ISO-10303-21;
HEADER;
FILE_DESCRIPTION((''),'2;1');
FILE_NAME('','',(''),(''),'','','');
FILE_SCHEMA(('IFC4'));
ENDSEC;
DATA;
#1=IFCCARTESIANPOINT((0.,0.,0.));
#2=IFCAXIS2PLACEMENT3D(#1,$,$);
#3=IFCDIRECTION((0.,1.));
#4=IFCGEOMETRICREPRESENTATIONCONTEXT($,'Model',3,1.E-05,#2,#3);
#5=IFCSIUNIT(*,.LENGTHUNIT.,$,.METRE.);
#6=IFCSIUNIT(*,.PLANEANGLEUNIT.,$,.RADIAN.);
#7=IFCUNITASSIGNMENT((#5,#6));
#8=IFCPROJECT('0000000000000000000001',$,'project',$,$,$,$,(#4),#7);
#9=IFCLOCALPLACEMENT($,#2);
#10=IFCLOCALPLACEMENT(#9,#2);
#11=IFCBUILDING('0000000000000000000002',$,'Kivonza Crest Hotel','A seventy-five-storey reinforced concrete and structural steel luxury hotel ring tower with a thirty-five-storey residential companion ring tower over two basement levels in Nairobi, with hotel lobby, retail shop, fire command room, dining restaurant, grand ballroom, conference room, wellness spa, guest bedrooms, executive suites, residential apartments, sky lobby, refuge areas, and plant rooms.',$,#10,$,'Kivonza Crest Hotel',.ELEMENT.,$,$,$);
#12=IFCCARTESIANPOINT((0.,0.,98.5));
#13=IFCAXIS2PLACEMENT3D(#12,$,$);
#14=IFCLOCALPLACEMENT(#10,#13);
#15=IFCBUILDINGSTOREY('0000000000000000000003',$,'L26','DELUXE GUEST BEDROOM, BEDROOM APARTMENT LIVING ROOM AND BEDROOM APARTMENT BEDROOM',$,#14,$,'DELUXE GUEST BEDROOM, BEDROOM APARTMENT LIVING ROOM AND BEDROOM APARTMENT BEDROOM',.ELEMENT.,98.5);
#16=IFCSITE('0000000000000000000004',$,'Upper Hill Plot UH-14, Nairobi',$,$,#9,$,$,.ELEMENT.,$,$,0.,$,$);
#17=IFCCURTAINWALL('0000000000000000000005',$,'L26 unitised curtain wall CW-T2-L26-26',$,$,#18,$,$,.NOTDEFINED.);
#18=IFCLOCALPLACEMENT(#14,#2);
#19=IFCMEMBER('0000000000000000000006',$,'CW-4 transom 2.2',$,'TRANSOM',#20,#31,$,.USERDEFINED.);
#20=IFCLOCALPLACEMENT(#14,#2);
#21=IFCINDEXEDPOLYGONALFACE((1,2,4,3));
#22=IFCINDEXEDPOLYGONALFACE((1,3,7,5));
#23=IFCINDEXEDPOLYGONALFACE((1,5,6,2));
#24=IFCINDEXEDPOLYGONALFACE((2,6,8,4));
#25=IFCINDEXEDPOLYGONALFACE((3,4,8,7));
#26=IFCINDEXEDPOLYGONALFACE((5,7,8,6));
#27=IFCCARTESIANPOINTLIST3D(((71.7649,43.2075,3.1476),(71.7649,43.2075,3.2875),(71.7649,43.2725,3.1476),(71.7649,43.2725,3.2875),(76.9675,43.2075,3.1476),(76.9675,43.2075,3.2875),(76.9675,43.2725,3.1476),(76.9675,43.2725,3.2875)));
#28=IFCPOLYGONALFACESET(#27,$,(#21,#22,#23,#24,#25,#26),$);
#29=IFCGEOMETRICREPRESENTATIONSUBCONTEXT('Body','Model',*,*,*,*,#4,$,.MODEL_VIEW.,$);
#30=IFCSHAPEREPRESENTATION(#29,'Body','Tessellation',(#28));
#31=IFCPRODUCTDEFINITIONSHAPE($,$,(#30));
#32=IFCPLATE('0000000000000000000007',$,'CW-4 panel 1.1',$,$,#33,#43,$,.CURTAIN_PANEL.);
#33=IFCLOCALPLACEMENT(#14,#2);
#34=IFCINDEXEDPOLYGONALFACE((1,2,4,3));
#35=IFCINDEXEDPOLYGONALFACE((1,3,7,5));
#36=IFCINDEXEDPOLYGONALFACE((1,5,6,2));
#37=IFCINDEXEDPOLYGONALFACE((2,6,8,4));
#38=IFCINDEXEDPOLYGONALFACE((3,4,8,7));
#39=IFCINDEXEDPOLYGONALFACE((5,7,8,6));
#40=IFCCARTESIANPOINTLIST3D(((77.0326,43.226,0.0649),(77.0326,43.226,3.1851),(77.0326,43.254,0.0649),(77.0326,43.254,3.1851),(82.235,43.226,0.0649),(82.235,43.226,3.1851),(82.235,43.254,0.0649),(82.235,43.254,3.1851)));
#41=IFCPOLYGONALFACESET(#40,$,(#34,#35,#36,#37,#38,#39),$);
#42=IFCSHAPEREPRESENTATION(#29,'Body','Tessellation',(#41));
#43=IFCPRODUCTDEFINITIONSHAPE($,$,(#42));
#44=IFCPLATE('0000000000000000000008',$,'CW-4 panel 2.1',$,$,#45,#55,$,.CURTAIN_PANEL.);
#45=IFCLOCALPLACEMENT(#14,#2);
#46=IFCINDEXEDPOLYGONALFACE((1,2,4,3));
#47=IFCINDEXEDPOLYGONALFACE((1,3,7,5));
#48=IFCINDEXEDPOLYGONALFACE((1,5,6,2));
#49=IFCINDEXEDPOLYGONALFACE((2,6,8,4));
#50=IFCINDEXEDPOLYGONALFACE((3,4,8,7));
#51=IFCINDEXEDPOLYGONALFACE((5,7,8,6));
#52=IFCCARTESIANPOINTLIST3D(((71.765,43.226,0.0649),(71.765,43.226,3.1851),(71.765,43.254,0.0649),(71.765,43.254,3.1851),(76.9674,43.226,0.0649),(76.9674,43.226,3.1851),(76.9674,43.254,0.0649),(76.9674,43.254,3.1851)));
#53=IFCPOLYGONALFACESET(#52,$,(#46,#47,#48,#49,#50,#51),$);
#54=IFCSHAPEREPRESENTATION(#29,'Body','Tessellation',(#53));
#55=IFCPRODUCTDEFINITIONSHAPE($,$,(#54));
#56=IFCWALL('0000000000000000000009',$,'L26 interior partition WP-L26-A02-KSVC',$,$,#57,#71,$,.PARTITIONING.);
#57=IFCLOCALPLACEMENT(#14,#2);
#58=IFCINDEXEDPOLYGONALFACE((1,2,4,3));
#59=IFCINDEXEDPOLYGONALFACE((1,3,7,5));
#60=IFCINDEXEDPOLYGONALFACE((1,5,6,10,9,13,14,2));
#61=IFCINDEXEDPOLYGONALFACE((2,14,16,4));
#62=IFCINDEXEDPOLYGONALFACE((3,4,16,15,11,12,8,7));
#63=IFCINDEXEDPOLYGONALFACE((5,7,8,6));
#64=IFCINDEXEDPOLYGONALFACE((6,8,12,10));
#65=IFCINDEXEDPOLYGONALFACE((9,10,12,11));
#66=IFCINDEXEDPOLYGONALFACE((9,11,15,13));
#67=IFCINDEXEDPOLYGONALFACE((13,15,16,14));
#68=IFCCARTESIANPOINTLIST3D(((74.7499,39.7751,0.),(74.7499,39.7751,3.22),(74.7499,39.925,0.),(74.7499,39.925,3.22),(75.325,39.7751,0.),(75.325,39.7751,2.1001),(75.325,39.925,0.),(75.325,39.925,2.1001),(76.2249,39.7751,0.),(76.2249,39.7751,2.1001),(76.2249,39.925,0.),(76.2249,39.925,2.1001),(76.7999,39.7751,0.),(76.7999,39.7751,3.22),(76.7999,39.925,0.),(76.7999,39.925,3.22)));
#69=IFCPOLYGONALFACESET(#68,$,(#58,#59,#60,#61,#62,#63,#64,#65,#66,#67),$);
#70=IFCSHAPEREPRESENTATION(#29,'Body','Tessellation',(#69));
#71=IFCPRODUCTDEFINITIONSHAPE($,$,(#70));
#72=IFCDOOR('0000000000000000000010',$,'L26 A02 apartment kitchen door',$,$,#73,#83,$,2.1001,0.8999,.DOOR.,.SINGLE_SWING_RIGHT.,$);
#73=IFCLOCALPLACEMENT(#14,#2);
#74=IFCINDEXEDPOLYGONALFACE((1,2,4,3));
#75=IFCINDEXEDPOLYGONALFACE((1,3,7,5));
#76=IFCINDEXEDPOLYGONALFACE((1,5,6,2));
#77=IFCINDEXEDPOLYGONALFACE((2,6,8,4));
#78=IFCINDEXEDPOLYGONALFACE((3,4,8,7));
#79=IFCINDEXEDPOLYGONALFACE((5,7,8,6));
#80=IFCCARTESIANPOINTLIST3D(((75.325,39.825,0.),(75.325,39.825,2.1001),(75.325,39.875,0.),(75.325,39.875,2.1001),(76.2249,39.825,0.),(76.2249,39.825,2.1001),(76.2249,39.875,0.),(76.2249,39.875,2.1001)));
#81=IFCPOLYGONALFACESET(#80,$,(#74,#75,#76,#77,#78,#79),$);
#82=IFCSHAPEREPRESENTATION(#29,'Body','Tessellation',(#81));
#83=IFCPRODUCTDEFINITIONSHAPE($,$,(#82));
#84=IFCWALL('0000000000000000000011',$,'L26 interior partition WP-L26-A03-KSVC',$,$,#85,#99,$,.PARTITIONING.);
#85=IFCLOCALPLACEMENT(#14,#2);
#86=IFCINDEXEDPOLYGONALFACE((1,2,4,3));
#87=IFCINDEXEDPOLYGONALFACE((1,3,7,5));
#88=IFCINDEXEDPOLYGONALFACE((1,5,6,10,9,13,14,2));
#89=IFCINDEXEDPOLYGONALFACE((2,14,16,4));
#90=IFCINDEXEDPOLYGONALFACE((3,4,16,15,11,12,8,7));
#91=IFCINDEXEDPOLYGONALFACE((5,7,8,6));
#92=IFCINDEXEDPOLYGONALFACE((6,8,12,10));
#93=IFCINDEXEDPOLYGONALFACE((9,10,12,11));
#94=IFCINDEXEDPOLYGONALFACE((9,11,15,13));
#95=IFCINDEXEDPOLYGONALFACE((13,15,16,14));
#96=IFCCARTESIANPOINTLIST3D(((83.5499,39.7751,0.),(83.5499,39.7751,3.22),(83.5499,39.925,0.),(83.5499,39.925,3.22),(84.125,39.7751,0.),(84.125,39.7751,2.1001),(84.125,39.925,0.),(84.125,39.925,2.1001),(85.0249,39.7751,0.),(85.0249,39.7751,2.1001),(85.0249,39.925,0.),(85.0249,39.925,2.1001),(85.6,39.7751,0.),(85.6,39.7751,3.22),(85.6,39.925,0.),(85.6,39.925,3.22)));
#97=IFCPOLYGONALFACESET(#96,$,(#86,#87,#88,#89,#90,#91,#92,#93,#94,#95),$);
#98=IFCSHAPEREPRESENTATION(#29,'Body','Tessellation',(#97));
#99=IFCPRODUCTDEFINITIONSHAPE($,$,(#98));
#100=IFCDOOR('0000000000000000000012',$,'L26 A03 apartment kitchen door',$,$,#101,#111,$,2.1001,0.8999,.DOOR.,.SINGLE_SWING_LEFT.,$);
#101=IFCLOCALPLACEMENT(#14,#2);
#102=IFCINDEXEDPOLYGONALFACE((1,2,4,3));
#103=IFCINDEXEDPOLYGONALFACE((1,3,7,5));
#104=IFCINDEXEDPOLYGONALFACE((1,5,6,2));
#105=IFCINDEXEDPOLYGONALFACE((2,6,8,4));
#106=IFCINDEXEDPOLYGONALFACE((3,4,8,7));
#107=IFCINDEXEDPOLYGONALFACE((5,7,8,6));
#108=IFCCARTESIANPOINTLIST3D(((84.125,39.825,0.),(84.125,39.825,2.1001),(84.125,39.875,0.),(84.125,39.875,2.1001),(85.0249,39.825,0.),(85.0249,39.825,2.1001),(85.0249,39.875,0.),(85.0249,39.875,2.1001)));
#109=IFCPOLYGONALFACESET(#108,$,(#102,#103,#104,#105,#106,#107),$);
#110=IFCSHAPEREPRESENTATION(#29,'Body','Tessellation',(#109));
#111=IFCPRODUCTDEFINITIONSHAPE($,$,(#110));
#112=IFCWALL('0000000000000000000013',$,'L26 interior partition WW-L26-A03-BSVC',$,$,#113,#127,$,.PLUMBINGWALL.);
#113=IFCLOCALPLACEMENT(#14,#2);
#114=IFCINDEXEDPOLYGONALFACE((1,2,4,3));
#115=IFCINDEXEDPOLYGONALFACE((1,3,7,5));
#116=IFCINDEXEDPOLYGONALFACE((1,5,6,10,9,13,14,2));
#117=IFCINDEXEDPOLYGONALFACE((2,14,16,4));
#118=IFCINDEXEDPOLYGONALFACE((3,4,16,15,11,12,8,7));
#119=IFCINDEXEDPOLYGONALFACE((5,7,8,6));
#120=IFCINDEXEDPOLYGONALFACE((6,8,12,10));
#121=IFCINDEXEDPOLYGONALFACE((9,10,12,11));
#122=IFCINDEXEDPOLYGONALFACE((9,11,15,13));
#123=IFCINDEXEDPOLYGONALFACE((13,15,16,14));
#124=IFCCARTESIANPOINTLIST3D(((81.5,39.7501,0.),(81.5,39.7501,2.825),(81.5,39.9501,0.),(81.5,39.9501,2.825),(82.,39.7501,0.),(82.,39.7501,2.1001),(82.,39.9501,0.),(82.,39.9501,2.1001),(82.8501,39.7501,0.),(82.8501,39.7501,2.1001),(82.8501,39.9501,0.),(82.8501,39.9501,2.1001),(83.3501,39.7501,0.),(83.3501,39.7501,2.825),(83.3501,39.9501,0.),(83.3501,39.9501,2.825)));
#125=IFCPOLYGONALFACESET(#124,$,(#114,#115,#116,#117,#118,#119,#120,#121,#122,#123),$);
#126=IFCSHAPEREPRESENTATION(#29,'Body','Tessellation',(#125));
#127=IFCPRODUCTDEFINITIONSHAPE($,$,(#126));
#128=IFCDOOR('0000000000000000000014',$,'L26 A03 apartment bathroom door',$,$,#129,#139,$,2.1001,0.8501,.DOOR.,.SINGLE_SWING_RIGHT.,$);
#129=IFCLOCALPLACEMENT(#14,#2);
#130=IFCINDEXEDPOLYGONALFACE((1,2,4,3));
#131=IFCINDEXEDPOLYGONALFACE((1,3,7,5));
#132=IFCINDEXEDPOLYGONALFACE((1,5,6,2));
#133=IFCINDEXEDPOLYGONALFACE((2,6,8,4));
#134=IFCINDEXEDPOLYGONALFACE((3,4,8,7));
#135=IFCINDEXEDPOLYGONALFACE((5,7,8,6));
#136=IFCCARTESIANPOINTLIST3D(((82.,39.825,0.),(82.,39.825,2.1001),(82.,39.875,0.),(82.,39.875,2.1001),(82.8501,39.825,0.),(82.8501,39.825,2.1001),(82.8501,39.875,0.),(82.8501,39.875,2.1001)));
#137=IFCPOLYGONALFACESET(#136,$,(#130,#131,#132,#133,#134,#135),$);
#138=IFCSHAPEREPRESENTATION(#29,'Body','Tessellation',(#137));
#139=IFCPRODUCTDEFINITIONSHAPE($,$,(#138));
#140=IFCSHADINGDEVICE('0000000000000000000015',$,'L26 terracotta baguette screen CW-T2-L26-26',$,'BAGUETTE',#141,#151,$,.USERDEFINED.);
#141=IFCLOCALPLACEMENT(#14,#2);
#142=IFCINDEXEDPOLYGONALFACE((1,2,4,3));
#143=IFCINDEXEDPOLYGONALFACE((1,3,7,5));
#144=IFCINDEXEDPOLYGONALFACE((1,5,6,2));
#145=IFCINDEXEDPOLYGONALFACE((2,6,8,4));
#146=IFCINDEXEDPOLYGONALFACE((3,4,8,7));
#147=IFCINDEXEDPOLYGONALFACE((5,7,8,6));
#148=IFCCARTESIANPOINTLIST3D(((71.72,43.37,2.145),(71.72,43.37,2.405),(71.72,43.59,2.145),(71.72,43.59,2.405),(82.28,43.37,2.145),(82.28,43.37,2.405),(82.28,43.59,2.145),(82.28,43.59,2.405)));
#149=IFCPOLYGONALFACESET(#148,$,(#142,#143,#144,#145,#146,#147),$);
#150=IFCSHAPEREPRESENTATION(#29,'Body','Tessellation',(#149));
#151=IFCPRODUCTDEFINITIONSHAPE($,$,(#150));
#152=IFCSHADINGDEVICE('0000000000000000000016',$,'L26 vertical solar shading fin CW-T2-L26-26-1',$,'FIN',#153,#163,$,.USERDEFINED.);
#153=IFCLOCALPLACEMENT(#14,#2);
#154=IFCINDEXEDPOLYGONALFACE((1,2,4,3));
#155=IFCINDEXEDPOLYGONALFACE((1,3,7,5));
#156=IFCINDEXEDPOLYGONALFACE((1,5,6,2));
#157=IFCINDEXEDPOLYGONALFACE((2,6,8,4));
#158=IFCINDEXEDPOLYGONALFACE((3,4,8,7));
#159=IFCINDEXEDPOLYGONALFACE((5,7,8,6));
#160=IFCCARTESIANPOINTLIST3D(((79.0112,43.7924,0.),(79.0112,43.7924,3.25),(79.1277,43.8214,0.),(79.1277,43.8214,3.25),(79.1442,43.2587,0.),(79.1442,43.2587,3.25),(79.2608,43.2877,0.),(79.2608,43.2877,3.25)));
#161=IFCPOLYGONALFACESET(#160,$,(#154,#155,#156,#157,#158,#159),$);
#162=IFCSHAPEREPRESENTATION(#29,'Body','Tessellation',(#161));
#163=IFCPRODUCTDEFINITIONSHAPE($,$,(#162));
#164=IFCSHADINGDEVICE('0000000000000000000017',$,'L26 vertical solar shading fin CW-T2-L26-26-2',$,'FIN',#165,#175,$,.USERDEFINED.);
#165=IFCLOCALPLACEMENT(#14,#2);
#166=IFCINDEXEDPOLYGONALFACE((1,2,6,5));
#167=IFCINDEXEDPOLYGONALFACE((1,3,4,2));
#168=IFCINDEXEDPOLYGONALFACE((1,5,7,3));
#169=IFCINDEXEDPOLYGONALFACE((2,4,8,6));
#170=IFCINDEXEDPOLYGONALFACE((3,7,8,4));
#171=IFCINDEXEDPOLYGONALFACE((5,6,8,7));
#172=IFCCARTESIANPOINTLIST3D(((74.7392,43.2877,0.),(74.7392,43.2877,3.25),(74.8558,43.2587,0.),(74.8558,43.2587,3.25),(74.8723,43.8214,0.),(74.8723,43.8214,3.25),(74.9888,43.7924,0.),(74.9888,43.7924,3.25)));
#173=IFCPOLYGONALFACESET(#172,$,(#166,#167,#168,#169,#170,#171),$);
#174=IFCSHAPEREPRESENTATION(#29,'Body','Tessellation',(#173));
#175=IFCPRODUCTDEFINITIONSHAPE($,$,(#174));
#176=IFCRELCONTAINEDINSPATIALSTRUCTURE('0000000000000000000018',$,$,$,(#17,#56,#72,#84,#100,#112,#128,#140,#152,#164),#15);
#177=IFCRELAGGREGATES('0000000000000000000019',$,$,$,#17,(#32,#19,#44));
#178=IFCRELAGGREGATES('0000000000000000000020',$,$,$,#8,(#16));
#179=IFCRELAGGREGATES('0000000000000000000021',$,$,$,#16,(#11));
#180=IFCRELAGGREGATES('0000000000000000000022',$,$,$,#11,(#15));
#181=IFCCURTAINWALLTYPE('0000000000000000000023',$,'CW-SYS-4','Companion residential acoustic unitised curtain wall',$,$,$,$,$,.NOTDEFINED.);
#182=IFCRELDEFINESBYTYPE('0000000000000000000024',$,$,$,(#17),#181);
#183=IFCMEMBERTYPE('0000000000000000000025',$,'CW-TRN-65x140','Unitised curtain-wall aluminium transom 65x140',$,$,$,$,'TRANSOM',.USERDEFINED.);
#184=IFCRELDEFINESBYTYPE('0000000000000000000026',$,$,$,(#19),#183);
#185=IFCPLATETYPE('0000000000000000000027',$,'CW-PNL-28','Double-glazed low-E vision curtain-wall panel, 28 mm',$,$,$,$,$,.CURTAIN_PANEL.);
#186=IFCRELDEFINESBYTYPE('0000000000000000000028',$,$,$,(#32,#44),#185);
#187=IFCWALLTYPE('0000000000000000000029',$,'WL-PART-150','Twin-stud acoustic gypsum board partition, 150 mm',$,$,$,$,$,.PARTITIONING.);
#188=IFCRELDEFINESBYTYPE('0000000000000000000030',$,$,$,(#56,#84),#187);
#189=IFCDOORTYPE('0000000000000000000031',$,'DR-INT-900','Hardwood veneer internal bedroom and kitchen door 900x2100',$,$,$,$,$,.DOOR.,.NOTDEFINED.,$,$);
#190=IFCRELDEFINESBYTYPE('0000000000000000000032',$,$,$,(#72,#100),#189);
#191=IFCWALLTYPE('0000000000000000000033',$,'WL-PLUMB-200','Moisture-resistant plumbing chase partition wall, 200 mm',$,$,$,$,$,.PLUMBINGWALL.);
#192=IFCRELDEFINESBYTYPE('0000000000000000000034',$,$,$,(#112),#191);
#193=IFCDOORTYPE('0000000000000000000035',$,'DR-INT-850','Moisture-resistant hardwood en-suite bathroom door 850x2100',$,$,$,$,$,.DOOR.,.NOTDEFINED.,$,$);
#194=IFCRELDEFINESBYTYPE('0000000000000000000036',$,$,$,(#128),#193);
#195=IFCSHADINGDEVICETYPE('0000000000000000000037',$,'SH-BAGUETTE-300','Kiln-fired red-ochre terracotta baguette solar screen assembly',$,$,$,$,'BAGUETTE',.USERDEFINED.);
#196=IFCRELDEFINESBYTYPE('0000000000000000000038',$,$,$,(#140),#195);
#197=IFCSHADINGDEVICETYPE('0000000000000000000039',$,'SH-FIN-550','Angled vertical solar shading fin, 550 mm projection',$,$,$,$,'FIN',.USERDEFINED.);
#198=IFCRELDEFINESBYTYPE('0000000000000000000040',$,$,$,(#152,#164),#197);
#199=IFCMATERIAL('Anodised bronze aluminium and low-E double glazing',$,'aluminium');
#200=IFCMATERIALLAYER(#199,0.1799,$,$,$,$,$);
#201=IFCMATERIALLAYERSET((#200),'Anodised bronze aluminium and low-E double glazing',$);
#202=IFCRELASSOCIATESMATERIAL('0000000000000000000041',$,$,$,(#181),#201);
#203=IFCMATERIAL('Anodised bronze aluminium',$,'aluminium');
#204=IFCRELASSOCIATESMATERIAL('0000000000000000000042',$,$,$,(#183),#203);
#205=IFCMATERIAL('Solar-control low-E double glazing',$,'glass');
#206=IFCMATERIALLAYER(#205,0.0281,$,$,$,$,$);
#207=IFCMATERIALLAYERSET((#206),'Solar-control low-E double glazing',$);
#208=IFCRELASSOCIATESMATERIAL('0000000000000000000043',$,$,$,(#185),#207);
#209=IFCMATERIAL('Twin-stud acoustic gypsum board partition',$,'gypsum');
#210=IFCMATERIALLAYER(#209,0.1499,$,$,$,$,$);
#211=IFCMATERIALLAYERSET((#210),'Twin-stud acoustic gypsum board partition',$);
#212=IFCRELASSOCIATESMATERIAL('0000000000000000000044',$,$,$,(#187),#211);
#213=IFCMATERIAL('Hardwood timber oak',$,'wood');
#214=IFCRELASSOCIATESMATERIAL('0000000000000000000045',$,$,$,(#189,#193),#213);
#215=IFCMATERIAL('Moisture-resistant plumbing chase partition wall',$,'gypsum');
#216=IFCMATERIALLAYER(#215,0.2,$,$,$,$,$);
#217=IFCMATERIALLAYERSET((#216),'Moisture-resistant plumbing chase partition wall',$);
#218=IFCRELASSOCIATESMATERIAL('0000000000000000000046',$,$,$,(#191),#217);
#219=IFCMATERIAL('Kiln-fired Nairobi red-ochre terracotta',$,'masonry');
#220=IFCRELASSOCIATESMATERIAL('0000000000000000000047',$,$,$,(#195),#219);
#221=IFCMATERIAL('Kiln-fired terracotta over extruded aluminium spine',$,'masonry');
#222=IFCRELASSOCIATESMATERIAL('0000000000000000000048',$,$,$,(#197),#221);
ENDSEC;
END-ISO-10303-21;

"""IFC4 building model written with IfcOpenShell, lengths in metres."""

from ifc_helpers import new_model, si_unit, direction, frame, frame_2d, origin, origin_2d, place, context, subcontext, project, spatial, rectangle, extrude, material, layer, layer_set, material_profile, profile_set, type_object, element, fill, aggregate, save


model = new_model("IFC4")

# Units and contexts
model_context = context("Model", 3, precision=1e-05, world=origin(), true_north=direction((0.0, 1.0)))
body_context = subcontext(model_context, "Body", "Model", "MODEL_VIEW")
ifc_project = project(units=[si_unit("LENGTHUNIT", "METRE"), si_unit("PLANEANGLEUNIT", "RADIAN")], contexts=[model_context])

# Site, building, storey
site_placement = place(None, origin())
site = spatial("IfcSite", under=ifc_project, at=site_placement, Name="Upper Hill Plot UH-14, Nairobi", CompositionType="ELEMENT", RefElevation=0.0)
building_placement = place(site_placement, origin())
building = spatial("IfcBuilding", under=site, at=building_placement, Name="Kivonza Crest Hotel", Description="A seventy-five-storey reinforced concrete and structural steel luxury hotel ring tower with a thirty-five-storey residential companion ring tower over two basement levels in Nairobi, with hotel lobby, retail shop, fire command room, dining restaurant, grand ballroom, conference room, wellness spa, guest bedrooms, executive suites, residential apartments, sky lobby, refuge areas, and plant rooms.", LongName="Kivonza Crest Hotel", CompositionType="ELEMENT")
storey_placement = place(building_placement, frame((0.0, 0.0, 98.5)))
storey = spatial("IfcBuildingStorey", under=building, at=storey_placement, Name="L26", Description="DELUXE GUEST BEDROOM, BEDROOM APARTMENT LIVING ROOM AND BEDROOM APARTMENT BEDROOM", LongName="DELUXE GUEST BEDROOM, BEDROOM APARTMENT LIVING ROOM AND BEDROOM APARTMENT BEDROOM", CompositionType="ELEMENT", Elevation=98.5)

# Curtain wall, member, plates
ifc_material_1 = material(Name="Anodised bronze aluminium and low-E double glazing", Category="aluminium")
ifc_layer_1 = layer(ifc_material_1, 0.1799)
ifc_layer_set_1 = layer_set([ifc_layer_1], Name="Anodised bronze aluminium and low-E double glazing")
curtain_wall_type = type_object("IfcCurtainWallType", Name="CW-SYS-4", Description="Companion residential acoustic unitised curtain wall", PredefinedType="NOTDEFINED", material=ifc_layer_set_1)
curtain_wall_placement = place(storey_placement, origin())
curtain_wall = element("IfcCurtainWall", 1, at=curtain_wall_placement, inside=storey, type_object=curtain_wall_type, Name="L26 unitised curtain wall CW-T2-L26-26", PredefinedType="NOTDEFINED")
ifc_material_2 = material(Name="Anodised bronze aluminium", Category="aluminium")
ifc_material_profile_1 = material_profile(ifc_material_2, rectangle(XDim=0.0649, YDim=0.1399, at=origin_2d()), Name="CW-T 65x140")
ifc_profile_set_1 = profile_set([ifc_material_profile_1], Name="Anodised bronze aluminium")
member_type_1 = type_object("IfcMemberType", Name="CW-TRN-65x140", Description="Unitised curtain-wall aluminium transom 65x140", ElementType="TRANSOM", PredefinedType="USERDEFINED", material=ifc_profile_set_1)
member_1_placement = place(storey_placement, frame((76.9675, 43.24, 3.2175), z_axis=(-1.0, 0.0, 0.0), x_axis=(0.0, -1.0, 0.0)))
member_1 = element("IfcMember", 2, at=member_1_placement, type_object=member_type_1, Name="CW-4 transom 2.2", ObjectType="TRANSOM", PredefinedType="USERDEFINED", context=body_context, shape_type="SweptSolid", body=[
    extrude(rectangle(XDim=0.0649, YDim=0.1399, at=origin_2d()), origin(), (0.0, 0.0, 1.0), 5.2026),
])
ifc_material_3 = material(Name="Solar-control low-E double glazing", Category="glass")
ifc_layer_2 = layer(ifc_material_3, 0.0281)
ifc_layer_set_2 = layer_set([ifc_layer_2], Name="Solar-control low-E double glazing")
plate_type = type_object("IfcPlateType", Name="CW-PNL-28", Description="Double-glazed low-E vision curtain-wall panel, 28 mm", PredefinedType="CURTAIN_PANEL", material=ifc_layer_set_2)
plate_1_placement = place(storey_placement, frame((79.6338, 43.24, 0.0649), z_axis=(0.0, 0.0, 1.0), x_axis=(-1.0, 0.0, 0.0)))
plate_1 = element("IfcPlate", 3, at=plate_1_placement, type_object=plate_type, Name="CW-4 panel 1.1", PredefinedType="CURTAIN_PANEL", context=body_context, shape_type="SweptSolid", body=[
    extrude(rectangle(XDim=5.2024, YDim=0.0281, at=origin_2d()), origin(), (0.0, 0.0, 1.0), 3.1201),
])
plate_2_placement = place(storey_placement, frame((74.3662, 43.24, 0.0649), z_axis=(0.0, 0.0, 1.0), x_axis=(-1.0, 0.0, 0.0)))
plate_2 = element("IfcPlate", 4, at=plate_2_placement, type_object=plate_type, Name="CW-4 panel 2.1", PredefinedType="CURTAIN_PANEL", context=body_context, shape_type="SweptSolid", body=[
    extrude(rectangle(XDim=5.2024, YDim=0.0281, at=origin_2d()), origin(), (0.0, 0.0, 1.0), 3.1201),
])
aggregate(curtain_wall, [plate_1, member_1, plate_2])

# Walls, openings, doors
ifc_material_4 = material(Name="Twin-stud acoustic gypsum board partition", Category="gypsum")
ifc_layer_3 = layer(ifc_material_4, 0.1499)
ifc_layer_set_3 = layer_set([ifc_layer_3], Name="Twin-stud acoustic gypsum board partition")
wall_type_1 = type_object("IfcWallType", Name="WL-PART-150", Description="Twin-stud acoustic gypsum board partition, 150 mm", PredefinedType="PARTITIONING", material=ifc_layer_set_3)
wall_1_placement = place(storey_placement, frame((74.75, 39.8501, 0.0), z_axis=(0.0, 0.0, 1.0), x_axis=(1.0, 0.0, 0.0)))
wall_1 = element("IfcWall", 5, at=wall_1_placement, inside=storey, type_object=wall_type_1, Name="L26 interior partition WP-L26-A02-KSVC", PredefinedType="PARTITIONING", context=body_context, shape_type="SweptSolid", body=[
    extrude(rectangle(XDim=2.05, YDim=0.1499, at=frame_2d((1.0249, 0.0))), origin(), (0.0, 0.0, 1.0), 3.22),
])
opening_1_placement = place(wall_1_placement, frame((0.575, 0.0, 0.0)))
opening_1 = element("IfcOpeningElement", 6, at=opening_1_placement, cuts=wall_1, PredefinedType="OPENING", context=body_context, shape_type="SweptSolid", body=[
    extrude(rectangle(XDim=0.8999, YDim=2.1001, at=frame_2d((0.45, 1.05))), frame((0.0, 0.085, 0.0), z_axis=(0.0, -1.0, 0.0), x_axis=(1.0, 0.0, 0.0)), (0.0, 0.0, 1.0), 0.1699),
])
ifc_material_5 = material(Name="Hardwood timber oak", Category="wood")
door_type_1 = type_object("IfcDoorType", Name="DR-INT-900", Description="Hardwood veneer internal bedroom and kitchen door 900x2100", OperationType="NOTDEFINED", PredefinedType="DOOR", material=ifc_material_5)
door_1_placement = place(opening_1_placement, origin())
door_1 = element("IfcDoor", 7, at=door_1_placement, inside=storey, type_object=door_type_1, Name="L26 A02 apartment kitchen door", OperationType="SINGLE_SWING_RIGHT", OverallHeight=2.1001, OverallWidth=0.8999, PredefinedType="DOOR", context=body_context, shape_type="SweptSolid", body=[
    extrude(rectangle(XDim=0.8999, YDim=2.1001, at=frame_2d((0.45, 1.05))), frame((0.0, 0.0249, 0.0), z_axis=(0.0, -1.0, 0.0), x_axis=(1.0, 0.0, 0.0)), (0.0, 0.0, 1.0), 0.05),
])
fill(opening_1, door_1)
wall_2_placement = place(storey_placement, frame((83.55, 39.8501, 0.0), z_axis=(0.0, 0.0, 1.0), x_axis=(1.0, 0.0, 0.0)))
wall_2 = element("IfcWall", 8, at=wall_2_placement, inside=storey, type_object=wall_type_1, Name="L26 interior partition WP-L26-A03-KSVC", PredefinedType="PARTITIONING", context=body_context, shape_type="SweptSolid", body=[
    extrude(rectangle(XDim=2.05, YDim=0.1499, at=frame_2d((1.0249, 0.0))), origin(), (0.0, 0.0, 1.0), 3.22),
])
opening_2_placement = place(wall_2_placement, frame((0.575, 0.0, 0.0)))
opening_2 = element("IfcOpeningElement", 9, at=opening_2_placement, cuts=wall_2, PredefinedType="OPENING", context=body_context, shape_type="SweptSolid", body=[
    extrude(rectangle(XDim=0.8999, YDim=2.1001, at=frame_2d((0.45, 1.05))), frame((0.0, 0.085, 0.0), z_axis=(0.0, -1.0, 0.0), x_axis=(1.0, 0.0, 0.0)), (0.0, 0.0, 1.0), 0.1699),
])
door_2_placement = place(opening_2_placement, origin())
door_2 = element("IfcDoor", 10, at=door_2_placement, inside=storey, type_object=door_type_1, Name="L26 A03 apartment kitchen door", OperationType="SINGLE_SWING_LEFT", OverallHeight=2.1001, OverallWidth=0.8999, PredefinedType="DOOR", context=body_context, shape_type="SweptSolid", body=[
    extrude(rectangle(XDim=0.8999, YDim=2.1001, at=frame_2d((0.45, 1.05))), frame((0.0, 0.0249, 0.0), z_axis=(0.0, -1.0, 0.0), x_axis=(1.0, 0.0, 0.0)), (0.0, 0.0, 1.0), 0.05),
])
fill(opening_2, door_2)
ifc_material_6 = material(Name="Moisture-resistant plumbing chase partition wall", Category="gypsum")
ifc_layer_4 = layer(ifc_material_6, 0.2)
ifc_layer_set_4 = layer_set([ifc_layer_4], Name="Moisture-resistant plumbing chase partition wall")
wall_type_2 = type_object("IfcWallType", Name="WL-PLUMB-200", Description="Moisture-resistant plumbing chase partition wall, 200 mm", PredefinedType="PLUMBINGWALL", material=ifc_layer_set_4)
wall_3_placement = place(storey_placement, frame((81.5, 39.8501, 0.0), z_axis=(0.0, 0.0, 1.0), x_axis=(1.0, 0.0, 0.0)))
wall_3 = element("IfcWall", 11, at=wall_3_placement, inside=storey, type_object=wall_type_2, Name="L26 interior partition WW-L26-A03-BSVC", PredefinedType="PLUMBINGWALL", context=body_context, shape_type="SweptSolid", body=[
    extrude(rectangle(XDim=1.8501, YDim=0.2, at=frame_2d((0.925, 0.0))), origin(), (0.0, 0.0, 1.0), 2.825),
])
opening_3_placement = place(wall_3_placement, frame((0.5, 0.0, 0.0)))
opening_3 = element("IfcOpeningElement", 12, at=opening_3_placement, cuts=wall_3, PredefinedType="OPENING", context=body_context, shape_type="SweptSolid", body=[
    extrude(rectangle(XDim=0.8501, YDim=2.1001, at=frame_2d((0.425, 1.05))), frame((0.0, 0.1099, 0.0), z_axis=(0.0, -1.0, 0.0), x_axis=(1.0, 0.0, 0.0)), (0.0, 0.0, 1.0), 0.22),
])
door_type_2 = type_object("IfcDoorType", Name="DR-INT-850", Description="Moisture-resistant hardwood en-suite bathroom door 850x2100", OperationType="NOTDEFINED", PredefinedType="DOOR", material=ifc_material_5)
door_3_placement = place(opening_3_placement, origin())
door_3 = element("IfcDoor", 13, at=door_3_placement, inside=storey, type_object=door_type_2, Name="L26 A03 apartment bathroom door", OperationType="SINGLE_SWING_RIGHT", OverallHeight=2.1001, OverallWidth=0.8501, PredefinedType="DOOR", context=body_context, shape_type="SweptSolid", body=[
    extrude(rectangle(XDim=0.8501, YDim=2.1001, at=frame_2d((0.425, 1.05))), frame((0.0, 0.0249, 0.0), z_axis=(0.0, -1.0, 0.0), x_axis=(1.0, 0.0, 0.0)), (0.0, 0.0, 1.0), 0.05),
])
fill(opening_3, door_3)

# Shading devices
ifc_material_7 = material(Name="Kiln-fired Nairobi red-ochre terracotta", Category="masonry")
shading_device_type_1 = type_object("IfcShadingDeviceType", Name="SH-BAGUETTE-300", Description="Kiln-fired red-ochre terracotta baguette solar screen assembly", ElementType="BAGUETTE", PredefinedType="USERDEFINED", material=ifc_material_7)
shading_device_placement = place(storey_placement, frame((77.0, 43.48, 2.145), z_axis=(0.0, 0.0, 1.0), x_axis=(-1.0, 0.0, 0.0)))
element("IfcShadingDevice", 14, at=shading_device_placement, inside=storey, type_object=shading_device_type_1, Name="L26 terracotta baguette screen CW-T2-L26-26", ObjectType="BAGUETTE", PredefinedType="USERDEFINED", context=body_context, shape_type="SweptSolid", body=[
    extrude(rectangle(XDim=10.5601, YDim=0.22, at=origin_2d()), origin(), (0.0, 0.0, 1.0), 0.26),
])
ifc_material_8 = material(Name="Kiln-fired terracotta over extruded aluminium spine", Category="masonry")
shading_device_type_2 = type_object("IfcShadingDeviceType", Name="SH-FIN-550", Description="Angled vertical solar shading fin, 550 mm projection", ElementType="FIN", PredefinedType="USERDEFINED", material=ifc_material_8)
for number, where, z_axis, x_axis, name in (
    (15, (79.136, 43.54, 0.0), (0.0, 0.0, 1.0), (-0.970296, -0.241922, 0.0), "L26 vertical solar shading fin CW-T2-L26-26-1"),
    (16, (74.864, 43.54, 0.0), (0.0, 0.0, 1.0), (-0.970296, 0.241922, 0.0), "L26 vertical solar shading fin CW-T2-L26-26-2"),
):
    element("IfcShadingDevice", number, at=place(storey_placement, frame(where, z_axis=z_axis, x_axis=x_axis)), inside=storey, type_object=shading_device_type_2, Name=name, ObjectType="FIN", PredefinedType="USERDEFINED", context=body_context, shape_type="SweptSolid", body=[
        extrude(rectangle(XDim=0.1201, YDim=0.55, at=origin_2d()), origin(), (0.0, 0.0, 1.0), 3.25),
    ])

save(model, "model.ifc")
